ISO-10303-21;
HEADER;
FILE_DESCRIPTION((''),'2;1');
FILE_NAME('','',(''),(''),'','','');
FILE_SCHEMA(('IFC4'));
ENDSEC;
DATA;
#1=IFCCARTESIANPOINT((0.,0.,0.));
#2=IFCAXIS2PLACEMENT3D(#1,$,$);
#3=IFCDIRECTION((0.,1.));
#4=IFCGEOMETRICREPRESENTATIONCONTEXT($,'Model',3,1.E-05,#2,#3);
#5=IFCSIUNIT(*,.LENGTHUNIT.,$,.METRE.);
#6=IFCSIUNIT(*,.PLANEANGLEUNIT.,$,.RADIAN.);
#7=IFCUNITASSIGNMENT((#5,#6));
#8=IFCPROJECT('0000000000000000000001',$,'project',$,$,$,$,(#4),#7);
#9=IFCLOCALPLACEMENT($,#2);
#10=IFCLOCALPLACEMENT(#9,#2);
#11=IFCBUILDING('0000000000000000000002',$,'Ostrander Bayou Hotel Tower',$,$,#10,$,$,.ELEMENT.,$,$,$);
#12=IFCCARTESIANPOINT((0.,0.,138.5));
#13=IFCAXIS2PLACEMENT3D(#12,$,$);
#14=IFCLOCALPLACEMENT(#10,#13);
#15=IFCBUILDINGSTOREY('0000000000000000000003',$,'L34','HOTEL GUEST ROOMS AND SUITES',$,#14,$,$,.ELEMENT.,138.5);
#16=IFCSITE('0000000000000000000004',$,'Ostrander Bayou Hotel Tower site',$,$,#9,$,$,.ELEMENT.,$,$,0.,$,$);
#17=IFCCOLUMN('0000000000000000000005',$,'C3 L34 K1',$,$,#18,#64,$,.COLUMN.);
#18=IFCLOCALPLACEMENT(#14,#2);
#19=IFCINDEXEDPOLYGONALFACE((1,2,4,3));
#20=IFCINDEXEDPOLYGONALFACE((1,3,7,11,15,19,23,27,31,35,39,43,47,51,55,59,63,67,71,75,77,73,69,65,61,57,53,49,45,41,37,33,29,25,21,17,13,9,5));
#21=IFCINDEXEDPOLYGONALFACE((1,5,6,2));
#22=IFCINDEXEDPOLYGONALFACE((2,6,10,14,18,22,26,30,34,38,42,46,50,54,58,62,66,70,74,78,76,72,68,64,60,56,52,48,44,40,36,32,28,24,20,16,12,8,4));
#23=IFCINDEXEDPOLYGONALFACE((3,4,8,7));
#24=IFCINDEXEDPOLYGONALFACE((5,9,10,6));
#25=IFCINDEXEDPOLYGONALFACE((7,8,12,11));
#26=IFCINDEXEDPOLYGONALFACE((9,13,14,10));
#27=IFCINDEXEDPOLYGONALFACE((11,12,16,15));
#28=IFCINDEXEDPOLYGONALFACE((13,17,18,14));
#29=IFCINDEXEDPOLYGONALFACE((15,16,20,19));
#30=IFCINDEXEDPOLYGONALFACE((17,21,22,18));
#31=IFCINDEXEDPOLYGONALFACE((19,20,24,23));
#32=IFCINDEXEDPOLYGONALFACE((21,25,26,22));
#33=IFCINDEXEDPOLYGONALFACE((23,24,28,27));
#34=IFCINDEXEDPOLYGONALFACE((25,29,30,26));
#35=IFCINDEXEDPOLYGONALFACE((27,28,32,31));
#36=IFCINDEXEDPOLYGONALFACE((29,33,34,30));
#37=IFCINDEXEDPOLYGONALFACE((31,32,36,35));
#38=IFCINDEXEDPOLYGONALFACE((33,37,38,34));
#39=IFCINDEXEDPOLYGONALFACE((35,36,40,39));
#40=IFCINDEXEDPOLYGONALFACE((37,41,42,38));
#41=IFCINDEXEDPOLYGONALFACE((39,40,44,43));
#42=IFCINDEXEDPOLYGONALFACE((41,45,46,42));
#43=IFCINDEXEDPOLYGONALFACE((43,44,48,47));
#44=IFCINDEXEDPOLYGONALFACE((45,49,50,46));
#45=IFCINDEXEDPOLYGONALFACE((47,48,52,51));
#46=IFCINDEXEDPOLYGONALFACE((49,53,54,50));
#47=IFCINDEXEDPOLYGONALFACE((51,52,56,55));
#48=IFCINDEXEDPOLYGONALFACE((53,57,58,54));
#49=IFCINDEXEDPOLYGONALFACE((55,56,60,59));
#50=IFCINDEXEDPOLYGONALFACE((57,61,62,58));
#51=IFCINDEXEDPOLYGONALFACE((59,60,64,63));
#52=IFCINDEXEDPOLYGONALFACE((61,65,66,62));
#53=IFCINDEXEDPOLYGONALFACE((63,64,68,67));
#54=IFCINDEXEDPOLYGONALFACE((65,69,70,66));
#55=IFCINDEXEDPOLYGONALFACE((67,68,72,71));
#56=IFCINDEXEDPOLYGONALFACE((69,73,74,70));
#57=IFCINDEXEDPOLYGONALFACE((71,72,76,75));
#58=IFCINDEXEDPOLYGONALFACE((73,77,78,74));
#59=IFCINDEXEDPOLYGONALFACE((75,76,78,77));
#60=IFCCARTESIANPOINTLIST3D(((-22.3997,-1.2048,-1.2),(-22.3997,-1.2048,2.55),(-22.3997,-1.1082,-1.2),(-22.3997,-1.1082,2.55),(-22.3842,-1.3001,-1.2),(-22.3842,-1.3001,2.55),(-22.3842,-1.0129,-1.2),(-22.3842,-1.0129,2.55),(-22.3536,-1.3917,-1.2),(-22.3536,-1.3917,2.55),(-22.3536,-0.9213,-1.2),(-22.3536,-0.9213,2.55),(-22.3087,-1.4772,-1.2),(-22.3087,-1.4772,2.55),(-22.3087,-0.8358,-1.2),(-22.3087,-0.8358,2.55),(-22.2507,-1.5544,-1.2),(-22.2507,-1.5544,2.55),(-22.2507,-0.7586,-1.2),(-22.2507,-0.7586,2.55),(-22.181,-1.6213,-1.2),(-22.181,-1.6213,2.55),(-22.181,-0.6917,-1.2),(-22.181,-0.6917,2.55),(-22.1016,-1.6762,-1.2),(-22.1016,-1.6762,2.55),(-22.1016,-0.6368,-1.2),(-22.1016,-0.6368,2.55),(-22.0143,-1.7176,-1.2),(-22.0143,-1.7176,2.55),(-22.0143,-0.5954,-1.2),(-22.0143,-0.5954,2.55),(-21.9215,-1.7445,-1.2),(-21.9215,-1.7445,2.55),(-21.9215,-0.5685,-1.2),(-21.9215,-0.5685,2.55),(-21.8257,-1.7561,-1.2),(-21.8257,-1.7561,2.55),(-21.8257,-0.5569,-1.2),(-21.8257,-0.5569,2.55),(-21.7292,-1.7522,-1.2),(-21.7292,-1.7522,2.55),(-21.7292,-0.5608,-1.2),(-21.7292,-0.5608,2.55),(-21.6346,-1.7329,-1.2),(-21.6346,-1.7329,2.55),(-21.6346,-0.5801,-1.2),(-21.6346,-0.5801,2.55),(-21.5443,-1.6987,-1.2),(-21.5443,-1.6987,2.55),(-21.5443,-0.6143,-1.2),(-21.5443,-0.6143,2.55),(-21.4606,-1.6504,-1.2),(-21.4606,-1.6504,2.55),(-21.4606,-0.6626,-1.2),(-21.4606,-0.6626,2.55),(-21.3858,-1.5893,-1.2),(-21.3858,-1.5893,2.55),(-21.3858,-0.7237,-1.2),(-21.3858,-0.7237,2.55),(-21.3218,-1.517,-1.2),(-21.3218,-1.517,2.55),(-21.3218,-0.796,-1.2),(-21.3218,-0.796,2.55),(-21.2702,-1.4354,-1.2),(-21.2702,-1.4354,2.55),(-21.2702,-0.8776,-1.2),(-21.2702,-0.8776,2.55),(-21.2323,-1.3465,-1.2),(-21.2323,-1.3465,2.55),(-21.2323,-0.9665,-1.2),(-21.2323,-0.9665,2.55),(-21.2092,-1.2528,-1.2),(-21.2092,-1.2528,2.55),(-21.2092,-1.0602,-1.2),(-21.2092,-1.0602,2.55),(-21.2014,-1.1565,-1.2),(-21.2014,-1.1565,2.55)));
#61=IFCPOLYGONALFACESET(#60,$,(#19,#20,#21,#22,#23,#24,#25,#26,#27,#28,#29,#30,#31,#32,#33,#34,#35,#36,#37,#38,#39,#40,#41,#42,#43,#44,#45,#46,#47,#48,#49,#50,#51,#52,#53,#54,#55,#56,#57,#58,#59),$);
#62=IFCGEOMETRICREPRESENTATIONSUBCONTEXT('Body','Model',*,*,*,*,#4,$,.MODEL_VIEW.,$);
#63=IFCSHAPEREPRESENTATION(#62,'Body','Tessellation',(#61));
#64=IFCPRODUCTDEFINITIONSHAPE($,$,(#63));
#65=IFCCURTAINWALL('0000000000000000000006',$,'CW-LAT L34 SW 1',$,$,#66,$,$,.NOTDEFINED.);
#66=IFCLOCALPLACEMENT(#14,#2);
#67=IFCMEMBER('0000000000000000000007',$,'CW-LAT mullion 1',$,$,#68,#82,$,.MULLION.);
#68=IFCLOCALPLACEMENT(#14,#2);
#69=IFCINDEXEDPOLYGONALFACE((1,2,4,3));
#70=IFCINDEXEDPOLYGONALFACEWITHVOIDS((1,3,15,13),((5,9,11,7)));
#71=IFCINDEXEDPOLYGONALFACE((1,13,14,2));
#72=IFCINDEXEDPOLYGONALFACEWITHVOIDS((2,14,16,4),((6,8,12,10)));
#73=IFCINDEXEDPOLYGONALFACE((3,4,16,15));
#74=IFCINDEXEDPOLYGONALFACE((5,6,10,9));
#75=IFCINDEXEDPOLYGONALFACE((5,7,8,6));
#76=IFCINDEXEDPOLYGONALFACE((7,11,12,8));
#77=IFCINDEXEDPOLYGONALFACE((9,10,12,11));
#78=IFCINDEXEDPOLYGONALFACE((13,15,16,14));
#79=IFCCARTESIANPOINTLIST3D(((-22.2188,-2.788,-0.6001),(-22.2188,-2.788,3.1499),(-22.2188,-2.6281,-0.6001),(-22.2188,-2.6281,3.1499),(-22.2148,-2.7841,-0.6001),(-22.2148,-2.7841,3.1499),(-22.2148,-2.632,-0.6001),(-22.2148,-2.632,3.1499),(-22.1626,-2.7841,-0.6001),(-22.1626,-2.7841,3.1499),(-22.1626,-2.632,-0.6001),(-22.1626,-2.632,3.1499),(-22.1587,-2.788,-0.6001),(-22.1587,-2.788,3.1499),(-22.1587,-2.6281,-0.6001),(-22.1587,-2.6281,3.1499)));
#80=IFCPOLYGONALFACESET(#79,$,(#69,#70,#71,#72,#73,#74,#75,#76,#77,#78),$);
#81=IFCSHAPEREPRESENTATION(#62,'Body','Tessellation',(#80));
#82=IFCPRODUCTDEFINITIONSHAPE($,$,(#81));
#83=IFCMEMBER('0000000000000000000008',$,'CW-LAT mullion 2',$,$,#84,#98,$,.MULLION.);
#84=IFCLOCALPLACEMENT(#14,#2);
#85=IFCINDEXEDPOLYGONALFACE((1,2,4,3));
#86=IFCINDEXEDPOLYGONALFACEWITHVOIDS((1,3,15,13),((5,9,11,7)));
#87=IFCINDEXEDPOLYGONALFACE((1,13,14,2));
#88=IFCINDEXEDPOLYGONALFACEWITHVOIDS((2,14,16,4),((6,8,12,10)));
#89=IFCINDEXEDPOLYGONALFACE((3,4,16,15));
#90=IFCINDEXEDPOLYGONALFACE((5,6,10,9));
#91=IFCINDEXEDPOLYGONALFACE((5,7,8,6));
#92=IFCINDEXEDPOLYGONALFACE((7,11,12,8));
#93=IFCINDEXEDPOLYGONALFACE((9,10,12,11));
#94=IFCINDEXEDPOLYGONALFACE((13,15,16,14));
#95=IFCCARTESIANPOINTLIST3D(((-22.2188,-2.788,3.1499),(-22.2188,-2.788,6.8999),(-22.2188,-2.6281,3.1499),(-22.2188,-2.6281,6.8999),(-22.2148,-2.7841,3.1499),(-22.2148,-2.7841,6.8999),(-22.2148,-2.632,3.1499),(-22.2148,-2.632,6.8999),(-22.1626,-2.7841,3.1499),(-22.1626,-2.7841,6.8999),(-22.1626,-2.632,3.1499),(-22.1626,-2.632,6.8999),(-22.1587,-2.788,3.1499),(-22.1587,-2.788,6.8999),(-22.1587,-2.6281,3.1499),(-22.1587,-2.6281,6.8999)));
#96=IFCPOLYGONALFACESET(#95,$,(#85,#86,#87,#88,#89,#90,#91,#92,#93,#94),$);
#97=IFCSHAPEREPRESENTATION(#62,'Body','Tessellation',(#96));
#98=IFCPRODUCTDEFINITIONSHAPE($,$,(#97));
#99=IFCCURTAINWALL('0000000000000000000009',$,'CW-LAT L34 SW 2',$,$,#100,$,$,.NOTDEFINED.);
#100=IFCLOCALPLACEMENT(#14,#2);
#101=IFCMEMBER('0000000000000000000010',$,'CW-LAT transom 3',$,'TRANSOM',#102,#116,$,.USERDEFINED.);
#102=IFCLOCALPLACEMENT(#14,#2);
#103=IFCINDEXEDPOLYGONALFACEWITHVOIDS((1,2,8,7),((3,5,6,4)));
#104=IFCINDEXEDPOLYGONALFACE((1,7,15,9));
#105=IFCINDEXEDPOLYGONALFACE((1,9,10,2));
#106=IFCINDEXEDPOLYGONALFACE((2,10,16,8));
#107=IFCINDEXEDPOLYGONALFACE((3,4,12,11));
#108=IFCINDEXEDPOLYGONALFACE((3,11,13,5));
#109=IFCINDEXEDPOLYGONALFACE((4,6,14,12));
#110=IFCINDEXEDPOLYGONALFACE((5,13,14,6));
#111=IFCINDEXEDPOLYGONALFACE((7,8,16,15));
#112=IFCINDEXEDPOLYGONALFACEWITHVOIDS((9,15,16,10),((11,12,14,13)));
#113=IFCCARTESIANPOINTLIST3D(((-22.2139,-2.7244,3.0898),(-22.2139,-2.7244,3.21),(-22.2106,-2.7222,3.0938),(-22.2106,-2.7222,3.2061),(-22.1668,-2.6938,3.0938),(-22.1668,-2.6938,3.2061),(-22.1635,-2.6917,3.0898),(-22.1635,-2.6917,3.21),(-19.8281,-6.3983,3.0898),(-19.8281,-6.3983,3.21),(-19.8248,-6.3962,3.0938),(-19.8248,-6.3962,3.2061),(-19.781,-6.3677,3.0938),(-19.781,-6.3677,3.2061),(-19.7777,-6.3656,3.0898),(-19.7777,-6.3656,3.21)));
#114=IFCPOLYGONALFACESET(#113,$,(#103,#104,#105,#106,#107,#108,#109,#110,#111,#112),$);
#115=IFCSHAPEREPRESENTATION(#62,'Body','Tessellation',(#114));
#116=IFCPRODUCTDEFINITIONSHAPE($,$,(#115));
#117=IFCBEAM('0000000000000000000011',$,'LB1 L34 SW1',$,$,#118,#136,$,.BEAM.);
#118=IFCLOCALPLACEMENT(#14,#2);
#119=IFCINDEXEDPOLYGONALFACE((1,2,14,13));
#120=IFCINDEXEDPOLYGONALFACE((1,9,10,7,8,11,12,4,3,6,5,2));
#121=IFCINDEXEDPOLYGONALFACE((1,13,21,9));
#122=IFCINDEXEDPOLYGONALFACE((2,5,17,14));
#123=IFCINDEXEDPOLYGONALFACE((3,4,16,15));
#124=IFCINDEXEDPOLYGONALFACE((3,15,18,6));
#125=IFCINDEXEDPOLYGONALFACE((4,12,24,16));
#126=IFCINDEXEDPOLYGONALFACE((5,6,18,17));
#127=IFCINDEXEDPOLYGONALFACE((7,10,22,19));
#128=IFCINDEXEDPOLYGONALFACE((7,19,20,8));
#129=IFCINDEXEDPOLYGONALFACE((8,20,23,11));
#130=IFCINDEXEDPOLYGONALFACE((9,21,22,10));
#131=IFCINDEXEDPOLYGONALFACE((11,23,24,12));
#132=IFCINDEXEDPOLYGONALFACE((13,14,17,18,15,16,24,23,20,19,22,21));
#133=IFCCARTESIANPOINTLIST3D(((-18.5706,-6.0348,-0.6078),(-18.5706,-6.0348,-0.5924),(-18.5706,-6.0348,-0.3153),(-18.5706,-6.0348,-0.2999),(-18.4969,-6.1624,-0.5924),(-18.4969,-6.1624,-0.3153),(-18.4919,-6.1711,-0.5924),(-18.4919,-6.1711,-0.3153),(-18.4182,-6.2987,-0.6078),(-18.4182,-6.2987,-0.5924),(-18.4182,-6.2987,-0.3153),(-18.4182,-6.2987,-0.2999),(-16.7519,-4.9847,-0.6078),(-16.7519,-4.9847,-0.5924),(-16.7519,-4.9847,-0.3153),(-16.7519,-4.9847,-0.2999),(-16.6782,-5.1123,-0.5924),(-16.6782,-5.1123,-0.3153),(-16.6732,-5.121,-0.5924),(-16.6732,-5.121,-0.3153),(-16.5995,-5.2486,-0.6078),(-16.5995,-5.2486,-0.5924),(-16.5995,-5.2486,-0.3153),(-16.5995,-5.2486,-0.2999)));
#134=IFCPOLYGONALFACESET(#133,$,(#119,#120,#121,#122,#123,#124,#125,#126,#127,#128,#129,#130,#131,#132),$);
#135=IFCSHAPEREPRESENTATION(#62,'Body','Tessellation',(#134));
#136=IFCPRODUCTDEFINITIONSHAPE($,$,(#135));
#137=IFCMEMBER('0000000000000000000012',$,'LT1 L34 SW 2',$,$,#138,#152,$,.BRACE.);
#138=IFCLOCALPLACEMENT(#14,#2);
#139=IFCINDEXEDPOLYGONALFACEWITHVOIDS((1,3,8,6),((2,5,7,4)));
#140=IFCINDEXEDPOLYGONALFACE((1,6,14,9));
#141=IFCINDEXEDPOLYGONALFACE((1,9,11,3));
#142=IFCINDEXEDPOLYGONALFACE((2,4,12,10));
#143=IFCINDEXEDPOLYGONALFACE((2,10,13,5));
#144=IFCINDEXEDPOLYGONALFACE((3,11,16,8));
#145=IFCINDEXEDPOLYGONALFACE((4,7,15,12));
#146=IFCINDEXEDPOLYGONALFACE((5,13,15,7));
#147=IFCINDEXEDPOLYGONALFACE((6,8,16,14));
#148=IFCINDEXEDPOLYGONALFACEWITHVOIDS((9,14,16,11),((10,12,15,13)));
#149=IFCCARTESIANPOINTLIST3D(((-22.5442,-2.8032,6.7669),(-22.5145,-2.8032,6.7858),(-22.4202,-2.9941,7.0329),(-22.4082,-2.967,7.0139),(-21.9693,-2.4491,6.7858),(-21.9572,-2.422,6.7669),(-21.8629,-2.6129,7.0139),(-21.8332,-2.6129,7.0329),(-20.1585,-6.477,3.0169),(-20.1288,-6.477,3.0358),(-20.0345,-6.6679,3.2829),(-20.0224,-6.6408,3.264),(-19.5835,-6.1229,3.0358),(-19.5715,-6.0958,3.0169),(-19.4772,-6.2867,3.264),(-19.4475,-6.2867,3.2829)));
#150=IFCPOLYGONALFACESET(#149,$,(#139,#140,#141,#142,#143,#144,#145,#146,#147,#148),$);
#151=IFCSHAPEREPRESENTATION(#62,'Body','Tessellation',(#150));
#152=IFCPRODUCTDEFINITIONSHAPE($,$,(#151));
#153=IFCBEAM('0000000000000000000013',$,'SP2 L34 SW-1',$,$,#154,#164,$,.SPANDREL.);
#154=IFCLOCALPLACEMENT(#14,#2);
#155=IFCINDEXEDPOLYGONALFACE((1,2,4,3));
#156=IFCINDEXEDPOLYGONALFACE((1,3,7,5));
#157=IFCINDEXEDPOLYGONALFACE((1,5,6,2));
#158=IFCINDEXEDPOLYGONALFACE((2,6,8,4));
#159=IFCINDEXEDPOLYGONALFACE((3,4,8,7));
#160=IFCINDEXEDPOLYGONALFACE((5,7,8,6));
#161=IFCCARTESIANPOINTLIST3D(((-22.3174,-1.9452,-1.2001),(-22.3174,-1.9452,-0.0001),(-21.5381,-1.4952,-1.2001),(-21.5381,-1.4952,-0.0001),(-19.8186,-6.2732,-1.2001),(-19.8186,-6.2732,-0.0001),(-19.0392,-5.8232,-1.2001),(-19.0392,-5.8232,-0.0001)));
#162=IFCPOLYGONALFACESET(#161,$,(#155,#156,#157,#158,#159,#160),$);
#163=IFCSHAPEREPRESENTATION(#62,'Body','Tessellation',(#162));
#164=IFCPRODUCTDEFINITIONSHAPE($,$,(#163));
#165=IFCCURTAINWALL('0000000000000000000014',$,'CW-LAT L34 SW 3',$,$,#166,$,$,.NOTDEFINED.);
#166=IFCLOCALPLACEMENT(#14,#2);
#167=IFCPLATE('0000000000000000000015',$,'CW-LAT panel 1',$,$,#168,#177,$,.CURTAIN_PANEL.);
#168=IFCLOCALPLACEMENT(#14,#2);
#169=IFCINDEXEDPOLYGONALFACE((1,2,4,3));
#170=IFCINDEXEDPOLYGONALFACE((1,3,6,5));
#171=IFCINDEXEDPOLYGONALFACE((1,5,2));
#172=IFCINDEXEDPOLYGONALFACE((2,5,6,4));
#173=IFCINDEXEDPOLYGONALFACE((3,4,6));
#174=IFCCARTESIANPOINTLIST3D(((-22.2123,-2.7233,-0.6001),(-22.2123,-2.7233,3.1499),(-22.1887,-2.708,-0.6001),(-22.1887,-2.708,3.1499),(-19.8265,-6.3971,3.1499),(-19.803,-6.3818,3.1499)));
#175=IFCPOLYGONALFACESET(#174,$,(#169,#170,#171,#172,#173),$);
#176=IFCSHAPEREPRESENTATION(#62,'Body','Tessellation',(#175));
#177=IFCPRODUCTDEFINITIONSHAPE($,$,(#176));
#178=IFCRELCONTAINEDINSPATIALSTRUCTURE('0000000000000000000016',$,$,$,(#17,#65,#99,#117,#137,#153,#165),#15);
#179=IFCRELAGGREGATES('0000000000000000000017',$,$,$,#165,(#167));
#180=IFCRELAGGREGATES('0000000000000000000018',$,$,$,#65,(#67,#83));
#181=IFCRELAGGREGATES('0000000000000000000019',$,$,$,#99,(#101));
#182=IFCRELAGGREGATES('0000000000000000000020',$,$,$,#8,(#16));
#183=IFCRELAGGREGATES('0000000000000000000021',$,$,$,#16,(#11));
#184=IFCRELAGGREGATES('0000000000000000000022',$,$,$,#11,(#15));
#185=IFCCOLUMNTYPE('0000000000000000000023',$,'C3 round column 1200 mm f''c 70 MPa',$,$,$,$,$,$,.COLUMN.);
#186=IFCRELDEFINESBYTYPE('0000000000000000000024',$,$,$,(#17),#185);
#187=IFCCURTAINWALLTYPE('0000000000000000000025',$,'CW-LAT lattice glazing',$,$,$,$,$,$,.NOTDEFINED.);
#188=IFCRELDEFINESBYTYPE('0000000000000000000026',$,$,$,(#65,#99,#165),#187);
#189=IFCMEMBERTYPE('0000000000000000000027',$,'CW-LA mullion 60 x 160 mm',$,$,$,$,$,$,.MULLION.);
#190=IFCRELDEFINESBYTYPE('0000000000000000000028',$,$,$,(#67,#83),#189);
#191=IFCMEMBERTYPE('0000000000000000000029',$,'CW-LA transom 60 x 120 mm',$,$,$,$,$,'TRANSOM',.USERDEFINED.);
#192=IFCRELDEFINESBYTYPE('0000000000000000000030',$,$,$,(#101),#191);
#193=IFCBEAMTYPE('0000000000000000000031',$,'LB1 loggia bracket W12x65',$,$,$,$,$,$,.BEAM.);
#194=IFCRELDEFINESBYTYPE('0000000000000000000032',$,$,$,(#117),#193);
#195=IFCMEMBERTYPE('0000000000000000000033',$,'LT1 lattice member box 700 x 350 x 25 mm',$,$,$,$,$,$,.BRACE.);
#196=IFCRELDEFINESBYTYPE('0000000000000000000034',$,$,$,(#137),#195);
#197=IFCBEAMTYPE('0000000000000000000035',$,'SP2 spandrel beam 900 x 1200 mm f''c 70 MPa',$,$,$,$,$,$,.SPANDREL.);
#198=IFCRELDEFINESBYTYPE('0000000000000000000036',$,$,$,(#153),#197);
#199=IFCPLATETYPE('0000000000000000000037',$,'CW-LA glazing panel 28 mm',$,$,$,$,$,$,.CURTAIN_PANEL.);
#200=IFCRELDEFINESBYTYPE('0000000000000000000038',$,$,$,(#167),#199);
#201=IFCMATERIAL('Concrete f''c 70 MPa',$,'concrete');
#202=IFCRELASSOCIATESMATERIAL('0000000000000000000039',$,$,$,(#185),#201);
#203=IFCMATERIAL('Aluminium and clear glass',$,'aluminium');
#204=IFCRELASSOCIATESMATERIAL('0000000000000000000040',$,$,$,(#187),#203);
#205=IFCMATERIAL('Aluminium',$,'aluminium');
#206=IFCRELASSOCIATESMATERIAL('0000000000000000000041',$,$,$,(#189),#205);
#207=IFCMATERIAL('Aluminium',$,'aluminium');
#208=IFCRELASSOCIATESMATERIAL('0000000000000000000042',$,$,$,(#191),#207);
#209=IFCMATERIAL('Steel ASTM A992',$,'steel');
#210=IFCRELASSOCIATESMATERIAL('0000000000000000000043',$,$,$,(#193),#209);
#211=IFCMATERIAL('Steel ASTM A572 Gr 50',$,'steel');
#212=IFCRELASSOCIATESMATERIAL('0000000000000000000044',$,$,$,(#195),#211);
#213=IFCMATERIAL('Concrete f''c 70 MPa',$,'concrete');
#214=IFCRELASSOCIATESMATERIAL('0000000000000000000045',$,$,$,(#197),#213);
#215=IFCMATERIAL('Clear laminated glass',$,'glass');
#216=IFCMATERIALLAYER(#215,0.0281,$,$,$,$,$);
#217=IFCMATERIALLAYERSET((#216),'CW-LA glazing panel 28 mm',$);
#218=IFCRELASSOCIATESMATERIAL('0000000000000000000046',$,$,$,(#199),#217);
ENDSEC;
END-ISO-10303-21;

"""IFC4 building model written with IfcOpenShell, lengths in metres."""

from ifc_helpers import new_model, si_unit, direction, frame, origin, origin_2d, place, context, subcontext, project, spatial, polyline, rectangle, hollow_rectangle, circle, i_section, outline, extrude, material, layer, layer_set, material_profile, profile_set, type_object, element, aggregate, save


model = new_model("IFC4")

# Units and contexts
model_context = context("Model", 3, precision=1e-05, world=origin(), true_north=direction((0.0, 1.0)))
body_context = subcontext(model_context, "Body", "Model", "MODEL_VIEW")
ifc_project = project(units=[si_unit("LENGTHUNIT", "METRE"), si_unit("PLANEANGLEUNIT", "RADIAN")], contexts=[model_context])

# Site, building, storey
site_placement = place(None, origin())
site = spatial("IfcSite", under=ifc_project, at=site_placement, Name="Ostrander Bayou Hotel Tower site", CompositionType="ELEMENT", RefElevation=0.0)
building_placement = place(site_placement, origin())
building = spatial("IfcBuilding", under=site, at=building_placement, Name="Ostrander Bayou Hotel Tower", CompositionType="ELEMENT")
storey_placement = place(building_placement, frame((0.0, 0.0, 138.5)))
storey = spatial("IfcBuildingStorey", under=building, at=storey_placement, Name="L34", Description="HOTEL GUEST ROOMS AND SUITES", CompositionType="ELEMENT", Elevation=138.5)

# Column
ifc_material_1 = material(Name="Concrete f'c 70 MPa", Category="concrete")
ifc_material_profile_1 = material_profile(ifc_material_1, circle(Radius=0.6001, at=origin_2d()))
ifc_profile_set_1 = profile_set([ifc_material_profile_1], Name="Concrete f'c 70 MPa")
column_type = type_object("IfcColumnType", Name="C3 round column 1200 mm f'c 70 MPa", PredefinedType="COLUMN", material=ifc_profile_set_1)
column_placement = place(storey_placement, frame((-21.8015, -1.1565, -1.2), z_axis=(0.0, 0.0, 1.0), x_axis=(1.0, 0.0, 0.0)))
element("IfcColumn", 1, at=column_placement, inside=storey, type_object=column_type, Name="C3 L34 K1", PredefinedType="COLUMN", context=body_context, shape_type="SweptSolid", body=[
    extrude(circle(Radius=0.6001, at=origin_2d()), origin(), (0.0, 0.0, 1.0), 3.75),
])

# Curtain wall, members
ifc_material_2 = material(Name="Aluminium and clear glass", Category="aluminium")
curtain_wall_type = type_object("IfcCurtainWallType", Name="CW-LAT lattice glazing", PredefinedType="NOTDEFINED", material=ifc_material_2)
curtain_wall_1_placement = place(storey_placement, origin())
curtain_wall_1 = element("IfcCurtainWall", 2, at=curtain_wall_1_placement, inside=storey, type_object=curtain_wall_type, Name="CW-LAT L34 SW 1", PredefinedType="NOTDEFINED")
ifc_material_3 = material(Name="Aluminium", Category="aluminium")
ifc_material_profile_2 = material_profile(ifc_material_3, hollow_rectangle(XDim=0.0601, YDim=0.1599, WallThickness=0.0039, at=origin_2d()))
ifc_profile_set_2 = profile_set([ifc_material_profile_2], Name="Aluminium")
member_type_1 = type_object("IfcMemberType", Name="CW-LA mullion 60 x 160 mm", PredefinedType="MULLION", material=ifc_profile_set_2)
member_1_placement = place(storey_placement, frame((-22.1887, -2.708, -0.6001), z_axis=(0.0, 0.0, 1.0), x_axis=(1.0, 0.0, 0.0)))
member_1 = element("IfcMember", 3, at=member_1_placement, type_object=member_type_1, Name="CW-LAT mullion 1", PredefinedType="MULLION", context=body_context, shape_type="SweptSolid", body=[
    extrude(hollow_rectangle(XDim=0.0601, YDim=0.1599, WallThickness=0.0039, at=origin_2d()), origin(), (0.0, 0.0, 1.0), 3.75),
])
member_2_placement = place(storey_placement, frame((-22.1887, -2.708, 3.1499), z_axis=(0.0, 0.0, 1.0), x_axis=(1.0, 0.0, 0.0)))
member_2 = element("IfcMember", 4, at=member_2_placement, type_object=member_type_1, Name="CW-LAT mullion 2", PredefinedType="MULLION", context=body_context, shape_type="SweptSolid", body=[
    extrude(hollow_rectangle(XDim=0.0601, YDim=0.1599, WallThickness=0.0039, at=origin_2d()), origin(), (0.0, 0.0, 1.0), 3.75),
])

# Curtain wall, member
curtain_wall_2_placement = place(storey_placement, origin())
curtain_wall_2 = element("IfcCurtainWall", 5, at=curtain_wall_2_placement, inside=storey, type_object=curtain_wall_type, Name="CW-LAT L34 SW 2", PredefinedType="NOTDEFINED")
ifc_material_4 = material(Name="Aluminium", Category="aluminium")
ifc_material_profile_3 = material_profile(ifc_material_4, hollow_rectangle(XDim=0.0601, YDim=0.1201, WallThickness=0.0039, at=origin_2d()))
ifc_profile_set_3 = profile_set([ifc_material_profile_3], Name="Aluminium")
member_type_2 = type_object("IfcMemberType", Name="CW-LA transom 60 x 120 mm", ElementType="TRANSOM", PredefinedType="USERDEFINED", material=ifc_profile_set_3)
member_3_placement = place(storey_placement, frame((-22.1887, -2.708, 3.1499), z_axis=(0.544628, -0.838678, 0.0), x_axis=(0.838678, 0.544628, 0.0)))
member_3 = element("IfcMember", 6, at=member_3_placement, type_object=member_type_2, Name="CW-LAT transom 3", ObjectType="TRANSOM", PredefinedType="USERDEFINED", context=body_context, shape_type="SweptSolid", body=[
    extrude(hollow_rectangle(XDim=0.0601, YDim=0.1201, WallThickness=0.0039, at=origin_2d()), origin(), (0.0, 0.0, 1.0), 4.3806),
])

# Beam
ifc_material_5 = material(Name="Steel ASTM A992", Category="steel")
ifc_material_profile_4 = material_profile(ifc_material_5, i_section(OverallWidth=0.3047, OverallDepth=0.3079, WebThickness=0.01, FlangeThickness=0.0154, at=origin_2d()))
ifc_profile_set_4 = profile_set([ifc_material_profile_4], Name="Steel ASTM A992")
beam_type_1 = type_object("IfcBeamType", Name="LB1 loggia bracket W12x65", PredefinedType="BEAM", material=ifc_profile_set_4)
beam_1_placement = place(storey_placement, frame((-18.4944, -6.1667, -0.4539), z_axis=(0.866009, 0.500028, 0.0), x_axis=(-0.500028, 0.866009, 0.0)))
element("IfcBeam", 7, at=beam_1_placement, inside=storey, type_object=beam_type_1, Name="LB1 L34 SW1", PredefinedType="BEAM", context=body_context, shape_type="SweptSolid", body=[
    extrude(i_section(OverallWidth=0.3047, OverallDepth=0.3079, WebThickness=0.01, FlangeThickness=0.0154, at=origin_2d()), origin(), (0.0, 0.0, 1.0), 2.1001),
])

# Member
ifc_material_6 = material(Name="Steel ASTM A572 Gr 50", Category="steel")
ifc_material_profile_5 = material_profile(ifc_material_6, hollow_rectangle(XDim=0.7, YDim=0.3501, WallThickness=0.0249, at=origin_2d()))
ifc_profile_set_5 = profile_set([ifc_material_profile_5], Name="Steel ASTM A572 Gr 50")
member_type_3 = type_object("IfcMemberType", Name="LT1 lattice member box 700 x 350 x 25 mm", PredefinedType="BRACE", material=ifc_profile_set_5)
member_4_placement = place(storey_placement, frame((-19.803, -6.3818, 3.1499), z_axis=(-0.413732, 0.63711, 0.65032), x_axis=(-0.838678, -0.544628, 0.0)))
element("IfcMember", 8, at=member_4_placement, inside=storey, type_object=member_type_3, Name="LT1 L34 SW 2", PredefinedType="BRACE", context=body_context, shape_type="SweptSolid", body=[
    extrude(hollow_rectangle(XDim=0.7, YDim=0.3501, WallThickness=0.0249, at=origin_2d()), origin(), (0.0, 0.0, 1.0), 5.7664),
])

# Beam
ifc_material_7 = material(Name="Concrete f'c 70 MPa", Category="concrete")
ifc_material_profile_6 = material_profile(ifc_material_7, rectangle(XDim=0.8999, YDim=1.2, at=origin_2d()))
ifc_profile_set_6 = profile_set([ifc_material_profile_6], Name="Concrete f'c 70 MPa")
beam_type_2 = type_object("IfcBeamType", Name="SP2 spandrel beam 900 x 1200 mm f'c 70 MPa", PredefinedType="SPANDREL", material=ifc_profile_set_6)
beam_2_placement = place(storey_placement, frame((-21.9277, -1.7202, -0.6001), z_axis=(0.500011, -0.866019, 0.0), x_axis=(0.866019, 0.500011, 0.0)))
element("IfcBeam", 9, at=beam_2_placement, inside=storey, type_object=beam_type_2, Name="SP2 L34 SW-1", PredefinedType="SPANDREL", context=body_context, shape_type="SweptSolid", body=[
    extrude(rectangle(XDim=0.8999, YDim=1.2, at=origin_2d()), origin(), (0.0, 0.0, 1.0), 4.9976),
])

# Curtain wall, plate
curtain_wall_3_placement = place(storey_placement, origin())
curtain_wall_3 = element("IfcCurtainWall", 10, at=curtain_wall_3_placement, inside=storey, type_object=curtain_wall_type, Name="CW-LAT L34 SW 3", PredefinedType="NOTDEFINED")
ifc_material_8 = material(Name="Clear laminated glass", Category="glass")
ifc_layer_1 = layer(ifc_material_8, 0.0281)
ifc_layer_set_1 = layer_set([ifc_layer_1], Name="CW-LA glazing panel 28 mm")
plate_type = type_object("IfcPlateType", Name="CW-LA glazing panel 28 mm", PredefinedType="CURTAIN_PANEL", material=ifc_layer_set_1)
plate_1_placement = place(storey_placement, frame((-19.803, -6.3818, 3.1499), z_axis=(0.838678, 0.544628, 0.0), x_axis=(-0.413732, 0.63711, -0.65032)))
plate_1 = element("IfcPlate", 11, at=plate_1_placement, type_object=plate_type, Name="CW-LAT panel 1", PredefinedType="CURTAIN_PANEL", context=body_context, shape_type="SweptSolid", body=[
    extrude(outline(polyline([(0.0, 0.0), (5.7664, 0.0), (3.3277, 2.8487), (0.0, 0.0)])), origin(), (0.0, 0.0, -1.0), 0.0281),
])
aggregate(curtain_wall_3, [plate_1])

aggregate(curtain_wall_1, [member_1, member_2])
aggregate(curtain_wall_2, [member_3])

save(model, "model.ifc")
